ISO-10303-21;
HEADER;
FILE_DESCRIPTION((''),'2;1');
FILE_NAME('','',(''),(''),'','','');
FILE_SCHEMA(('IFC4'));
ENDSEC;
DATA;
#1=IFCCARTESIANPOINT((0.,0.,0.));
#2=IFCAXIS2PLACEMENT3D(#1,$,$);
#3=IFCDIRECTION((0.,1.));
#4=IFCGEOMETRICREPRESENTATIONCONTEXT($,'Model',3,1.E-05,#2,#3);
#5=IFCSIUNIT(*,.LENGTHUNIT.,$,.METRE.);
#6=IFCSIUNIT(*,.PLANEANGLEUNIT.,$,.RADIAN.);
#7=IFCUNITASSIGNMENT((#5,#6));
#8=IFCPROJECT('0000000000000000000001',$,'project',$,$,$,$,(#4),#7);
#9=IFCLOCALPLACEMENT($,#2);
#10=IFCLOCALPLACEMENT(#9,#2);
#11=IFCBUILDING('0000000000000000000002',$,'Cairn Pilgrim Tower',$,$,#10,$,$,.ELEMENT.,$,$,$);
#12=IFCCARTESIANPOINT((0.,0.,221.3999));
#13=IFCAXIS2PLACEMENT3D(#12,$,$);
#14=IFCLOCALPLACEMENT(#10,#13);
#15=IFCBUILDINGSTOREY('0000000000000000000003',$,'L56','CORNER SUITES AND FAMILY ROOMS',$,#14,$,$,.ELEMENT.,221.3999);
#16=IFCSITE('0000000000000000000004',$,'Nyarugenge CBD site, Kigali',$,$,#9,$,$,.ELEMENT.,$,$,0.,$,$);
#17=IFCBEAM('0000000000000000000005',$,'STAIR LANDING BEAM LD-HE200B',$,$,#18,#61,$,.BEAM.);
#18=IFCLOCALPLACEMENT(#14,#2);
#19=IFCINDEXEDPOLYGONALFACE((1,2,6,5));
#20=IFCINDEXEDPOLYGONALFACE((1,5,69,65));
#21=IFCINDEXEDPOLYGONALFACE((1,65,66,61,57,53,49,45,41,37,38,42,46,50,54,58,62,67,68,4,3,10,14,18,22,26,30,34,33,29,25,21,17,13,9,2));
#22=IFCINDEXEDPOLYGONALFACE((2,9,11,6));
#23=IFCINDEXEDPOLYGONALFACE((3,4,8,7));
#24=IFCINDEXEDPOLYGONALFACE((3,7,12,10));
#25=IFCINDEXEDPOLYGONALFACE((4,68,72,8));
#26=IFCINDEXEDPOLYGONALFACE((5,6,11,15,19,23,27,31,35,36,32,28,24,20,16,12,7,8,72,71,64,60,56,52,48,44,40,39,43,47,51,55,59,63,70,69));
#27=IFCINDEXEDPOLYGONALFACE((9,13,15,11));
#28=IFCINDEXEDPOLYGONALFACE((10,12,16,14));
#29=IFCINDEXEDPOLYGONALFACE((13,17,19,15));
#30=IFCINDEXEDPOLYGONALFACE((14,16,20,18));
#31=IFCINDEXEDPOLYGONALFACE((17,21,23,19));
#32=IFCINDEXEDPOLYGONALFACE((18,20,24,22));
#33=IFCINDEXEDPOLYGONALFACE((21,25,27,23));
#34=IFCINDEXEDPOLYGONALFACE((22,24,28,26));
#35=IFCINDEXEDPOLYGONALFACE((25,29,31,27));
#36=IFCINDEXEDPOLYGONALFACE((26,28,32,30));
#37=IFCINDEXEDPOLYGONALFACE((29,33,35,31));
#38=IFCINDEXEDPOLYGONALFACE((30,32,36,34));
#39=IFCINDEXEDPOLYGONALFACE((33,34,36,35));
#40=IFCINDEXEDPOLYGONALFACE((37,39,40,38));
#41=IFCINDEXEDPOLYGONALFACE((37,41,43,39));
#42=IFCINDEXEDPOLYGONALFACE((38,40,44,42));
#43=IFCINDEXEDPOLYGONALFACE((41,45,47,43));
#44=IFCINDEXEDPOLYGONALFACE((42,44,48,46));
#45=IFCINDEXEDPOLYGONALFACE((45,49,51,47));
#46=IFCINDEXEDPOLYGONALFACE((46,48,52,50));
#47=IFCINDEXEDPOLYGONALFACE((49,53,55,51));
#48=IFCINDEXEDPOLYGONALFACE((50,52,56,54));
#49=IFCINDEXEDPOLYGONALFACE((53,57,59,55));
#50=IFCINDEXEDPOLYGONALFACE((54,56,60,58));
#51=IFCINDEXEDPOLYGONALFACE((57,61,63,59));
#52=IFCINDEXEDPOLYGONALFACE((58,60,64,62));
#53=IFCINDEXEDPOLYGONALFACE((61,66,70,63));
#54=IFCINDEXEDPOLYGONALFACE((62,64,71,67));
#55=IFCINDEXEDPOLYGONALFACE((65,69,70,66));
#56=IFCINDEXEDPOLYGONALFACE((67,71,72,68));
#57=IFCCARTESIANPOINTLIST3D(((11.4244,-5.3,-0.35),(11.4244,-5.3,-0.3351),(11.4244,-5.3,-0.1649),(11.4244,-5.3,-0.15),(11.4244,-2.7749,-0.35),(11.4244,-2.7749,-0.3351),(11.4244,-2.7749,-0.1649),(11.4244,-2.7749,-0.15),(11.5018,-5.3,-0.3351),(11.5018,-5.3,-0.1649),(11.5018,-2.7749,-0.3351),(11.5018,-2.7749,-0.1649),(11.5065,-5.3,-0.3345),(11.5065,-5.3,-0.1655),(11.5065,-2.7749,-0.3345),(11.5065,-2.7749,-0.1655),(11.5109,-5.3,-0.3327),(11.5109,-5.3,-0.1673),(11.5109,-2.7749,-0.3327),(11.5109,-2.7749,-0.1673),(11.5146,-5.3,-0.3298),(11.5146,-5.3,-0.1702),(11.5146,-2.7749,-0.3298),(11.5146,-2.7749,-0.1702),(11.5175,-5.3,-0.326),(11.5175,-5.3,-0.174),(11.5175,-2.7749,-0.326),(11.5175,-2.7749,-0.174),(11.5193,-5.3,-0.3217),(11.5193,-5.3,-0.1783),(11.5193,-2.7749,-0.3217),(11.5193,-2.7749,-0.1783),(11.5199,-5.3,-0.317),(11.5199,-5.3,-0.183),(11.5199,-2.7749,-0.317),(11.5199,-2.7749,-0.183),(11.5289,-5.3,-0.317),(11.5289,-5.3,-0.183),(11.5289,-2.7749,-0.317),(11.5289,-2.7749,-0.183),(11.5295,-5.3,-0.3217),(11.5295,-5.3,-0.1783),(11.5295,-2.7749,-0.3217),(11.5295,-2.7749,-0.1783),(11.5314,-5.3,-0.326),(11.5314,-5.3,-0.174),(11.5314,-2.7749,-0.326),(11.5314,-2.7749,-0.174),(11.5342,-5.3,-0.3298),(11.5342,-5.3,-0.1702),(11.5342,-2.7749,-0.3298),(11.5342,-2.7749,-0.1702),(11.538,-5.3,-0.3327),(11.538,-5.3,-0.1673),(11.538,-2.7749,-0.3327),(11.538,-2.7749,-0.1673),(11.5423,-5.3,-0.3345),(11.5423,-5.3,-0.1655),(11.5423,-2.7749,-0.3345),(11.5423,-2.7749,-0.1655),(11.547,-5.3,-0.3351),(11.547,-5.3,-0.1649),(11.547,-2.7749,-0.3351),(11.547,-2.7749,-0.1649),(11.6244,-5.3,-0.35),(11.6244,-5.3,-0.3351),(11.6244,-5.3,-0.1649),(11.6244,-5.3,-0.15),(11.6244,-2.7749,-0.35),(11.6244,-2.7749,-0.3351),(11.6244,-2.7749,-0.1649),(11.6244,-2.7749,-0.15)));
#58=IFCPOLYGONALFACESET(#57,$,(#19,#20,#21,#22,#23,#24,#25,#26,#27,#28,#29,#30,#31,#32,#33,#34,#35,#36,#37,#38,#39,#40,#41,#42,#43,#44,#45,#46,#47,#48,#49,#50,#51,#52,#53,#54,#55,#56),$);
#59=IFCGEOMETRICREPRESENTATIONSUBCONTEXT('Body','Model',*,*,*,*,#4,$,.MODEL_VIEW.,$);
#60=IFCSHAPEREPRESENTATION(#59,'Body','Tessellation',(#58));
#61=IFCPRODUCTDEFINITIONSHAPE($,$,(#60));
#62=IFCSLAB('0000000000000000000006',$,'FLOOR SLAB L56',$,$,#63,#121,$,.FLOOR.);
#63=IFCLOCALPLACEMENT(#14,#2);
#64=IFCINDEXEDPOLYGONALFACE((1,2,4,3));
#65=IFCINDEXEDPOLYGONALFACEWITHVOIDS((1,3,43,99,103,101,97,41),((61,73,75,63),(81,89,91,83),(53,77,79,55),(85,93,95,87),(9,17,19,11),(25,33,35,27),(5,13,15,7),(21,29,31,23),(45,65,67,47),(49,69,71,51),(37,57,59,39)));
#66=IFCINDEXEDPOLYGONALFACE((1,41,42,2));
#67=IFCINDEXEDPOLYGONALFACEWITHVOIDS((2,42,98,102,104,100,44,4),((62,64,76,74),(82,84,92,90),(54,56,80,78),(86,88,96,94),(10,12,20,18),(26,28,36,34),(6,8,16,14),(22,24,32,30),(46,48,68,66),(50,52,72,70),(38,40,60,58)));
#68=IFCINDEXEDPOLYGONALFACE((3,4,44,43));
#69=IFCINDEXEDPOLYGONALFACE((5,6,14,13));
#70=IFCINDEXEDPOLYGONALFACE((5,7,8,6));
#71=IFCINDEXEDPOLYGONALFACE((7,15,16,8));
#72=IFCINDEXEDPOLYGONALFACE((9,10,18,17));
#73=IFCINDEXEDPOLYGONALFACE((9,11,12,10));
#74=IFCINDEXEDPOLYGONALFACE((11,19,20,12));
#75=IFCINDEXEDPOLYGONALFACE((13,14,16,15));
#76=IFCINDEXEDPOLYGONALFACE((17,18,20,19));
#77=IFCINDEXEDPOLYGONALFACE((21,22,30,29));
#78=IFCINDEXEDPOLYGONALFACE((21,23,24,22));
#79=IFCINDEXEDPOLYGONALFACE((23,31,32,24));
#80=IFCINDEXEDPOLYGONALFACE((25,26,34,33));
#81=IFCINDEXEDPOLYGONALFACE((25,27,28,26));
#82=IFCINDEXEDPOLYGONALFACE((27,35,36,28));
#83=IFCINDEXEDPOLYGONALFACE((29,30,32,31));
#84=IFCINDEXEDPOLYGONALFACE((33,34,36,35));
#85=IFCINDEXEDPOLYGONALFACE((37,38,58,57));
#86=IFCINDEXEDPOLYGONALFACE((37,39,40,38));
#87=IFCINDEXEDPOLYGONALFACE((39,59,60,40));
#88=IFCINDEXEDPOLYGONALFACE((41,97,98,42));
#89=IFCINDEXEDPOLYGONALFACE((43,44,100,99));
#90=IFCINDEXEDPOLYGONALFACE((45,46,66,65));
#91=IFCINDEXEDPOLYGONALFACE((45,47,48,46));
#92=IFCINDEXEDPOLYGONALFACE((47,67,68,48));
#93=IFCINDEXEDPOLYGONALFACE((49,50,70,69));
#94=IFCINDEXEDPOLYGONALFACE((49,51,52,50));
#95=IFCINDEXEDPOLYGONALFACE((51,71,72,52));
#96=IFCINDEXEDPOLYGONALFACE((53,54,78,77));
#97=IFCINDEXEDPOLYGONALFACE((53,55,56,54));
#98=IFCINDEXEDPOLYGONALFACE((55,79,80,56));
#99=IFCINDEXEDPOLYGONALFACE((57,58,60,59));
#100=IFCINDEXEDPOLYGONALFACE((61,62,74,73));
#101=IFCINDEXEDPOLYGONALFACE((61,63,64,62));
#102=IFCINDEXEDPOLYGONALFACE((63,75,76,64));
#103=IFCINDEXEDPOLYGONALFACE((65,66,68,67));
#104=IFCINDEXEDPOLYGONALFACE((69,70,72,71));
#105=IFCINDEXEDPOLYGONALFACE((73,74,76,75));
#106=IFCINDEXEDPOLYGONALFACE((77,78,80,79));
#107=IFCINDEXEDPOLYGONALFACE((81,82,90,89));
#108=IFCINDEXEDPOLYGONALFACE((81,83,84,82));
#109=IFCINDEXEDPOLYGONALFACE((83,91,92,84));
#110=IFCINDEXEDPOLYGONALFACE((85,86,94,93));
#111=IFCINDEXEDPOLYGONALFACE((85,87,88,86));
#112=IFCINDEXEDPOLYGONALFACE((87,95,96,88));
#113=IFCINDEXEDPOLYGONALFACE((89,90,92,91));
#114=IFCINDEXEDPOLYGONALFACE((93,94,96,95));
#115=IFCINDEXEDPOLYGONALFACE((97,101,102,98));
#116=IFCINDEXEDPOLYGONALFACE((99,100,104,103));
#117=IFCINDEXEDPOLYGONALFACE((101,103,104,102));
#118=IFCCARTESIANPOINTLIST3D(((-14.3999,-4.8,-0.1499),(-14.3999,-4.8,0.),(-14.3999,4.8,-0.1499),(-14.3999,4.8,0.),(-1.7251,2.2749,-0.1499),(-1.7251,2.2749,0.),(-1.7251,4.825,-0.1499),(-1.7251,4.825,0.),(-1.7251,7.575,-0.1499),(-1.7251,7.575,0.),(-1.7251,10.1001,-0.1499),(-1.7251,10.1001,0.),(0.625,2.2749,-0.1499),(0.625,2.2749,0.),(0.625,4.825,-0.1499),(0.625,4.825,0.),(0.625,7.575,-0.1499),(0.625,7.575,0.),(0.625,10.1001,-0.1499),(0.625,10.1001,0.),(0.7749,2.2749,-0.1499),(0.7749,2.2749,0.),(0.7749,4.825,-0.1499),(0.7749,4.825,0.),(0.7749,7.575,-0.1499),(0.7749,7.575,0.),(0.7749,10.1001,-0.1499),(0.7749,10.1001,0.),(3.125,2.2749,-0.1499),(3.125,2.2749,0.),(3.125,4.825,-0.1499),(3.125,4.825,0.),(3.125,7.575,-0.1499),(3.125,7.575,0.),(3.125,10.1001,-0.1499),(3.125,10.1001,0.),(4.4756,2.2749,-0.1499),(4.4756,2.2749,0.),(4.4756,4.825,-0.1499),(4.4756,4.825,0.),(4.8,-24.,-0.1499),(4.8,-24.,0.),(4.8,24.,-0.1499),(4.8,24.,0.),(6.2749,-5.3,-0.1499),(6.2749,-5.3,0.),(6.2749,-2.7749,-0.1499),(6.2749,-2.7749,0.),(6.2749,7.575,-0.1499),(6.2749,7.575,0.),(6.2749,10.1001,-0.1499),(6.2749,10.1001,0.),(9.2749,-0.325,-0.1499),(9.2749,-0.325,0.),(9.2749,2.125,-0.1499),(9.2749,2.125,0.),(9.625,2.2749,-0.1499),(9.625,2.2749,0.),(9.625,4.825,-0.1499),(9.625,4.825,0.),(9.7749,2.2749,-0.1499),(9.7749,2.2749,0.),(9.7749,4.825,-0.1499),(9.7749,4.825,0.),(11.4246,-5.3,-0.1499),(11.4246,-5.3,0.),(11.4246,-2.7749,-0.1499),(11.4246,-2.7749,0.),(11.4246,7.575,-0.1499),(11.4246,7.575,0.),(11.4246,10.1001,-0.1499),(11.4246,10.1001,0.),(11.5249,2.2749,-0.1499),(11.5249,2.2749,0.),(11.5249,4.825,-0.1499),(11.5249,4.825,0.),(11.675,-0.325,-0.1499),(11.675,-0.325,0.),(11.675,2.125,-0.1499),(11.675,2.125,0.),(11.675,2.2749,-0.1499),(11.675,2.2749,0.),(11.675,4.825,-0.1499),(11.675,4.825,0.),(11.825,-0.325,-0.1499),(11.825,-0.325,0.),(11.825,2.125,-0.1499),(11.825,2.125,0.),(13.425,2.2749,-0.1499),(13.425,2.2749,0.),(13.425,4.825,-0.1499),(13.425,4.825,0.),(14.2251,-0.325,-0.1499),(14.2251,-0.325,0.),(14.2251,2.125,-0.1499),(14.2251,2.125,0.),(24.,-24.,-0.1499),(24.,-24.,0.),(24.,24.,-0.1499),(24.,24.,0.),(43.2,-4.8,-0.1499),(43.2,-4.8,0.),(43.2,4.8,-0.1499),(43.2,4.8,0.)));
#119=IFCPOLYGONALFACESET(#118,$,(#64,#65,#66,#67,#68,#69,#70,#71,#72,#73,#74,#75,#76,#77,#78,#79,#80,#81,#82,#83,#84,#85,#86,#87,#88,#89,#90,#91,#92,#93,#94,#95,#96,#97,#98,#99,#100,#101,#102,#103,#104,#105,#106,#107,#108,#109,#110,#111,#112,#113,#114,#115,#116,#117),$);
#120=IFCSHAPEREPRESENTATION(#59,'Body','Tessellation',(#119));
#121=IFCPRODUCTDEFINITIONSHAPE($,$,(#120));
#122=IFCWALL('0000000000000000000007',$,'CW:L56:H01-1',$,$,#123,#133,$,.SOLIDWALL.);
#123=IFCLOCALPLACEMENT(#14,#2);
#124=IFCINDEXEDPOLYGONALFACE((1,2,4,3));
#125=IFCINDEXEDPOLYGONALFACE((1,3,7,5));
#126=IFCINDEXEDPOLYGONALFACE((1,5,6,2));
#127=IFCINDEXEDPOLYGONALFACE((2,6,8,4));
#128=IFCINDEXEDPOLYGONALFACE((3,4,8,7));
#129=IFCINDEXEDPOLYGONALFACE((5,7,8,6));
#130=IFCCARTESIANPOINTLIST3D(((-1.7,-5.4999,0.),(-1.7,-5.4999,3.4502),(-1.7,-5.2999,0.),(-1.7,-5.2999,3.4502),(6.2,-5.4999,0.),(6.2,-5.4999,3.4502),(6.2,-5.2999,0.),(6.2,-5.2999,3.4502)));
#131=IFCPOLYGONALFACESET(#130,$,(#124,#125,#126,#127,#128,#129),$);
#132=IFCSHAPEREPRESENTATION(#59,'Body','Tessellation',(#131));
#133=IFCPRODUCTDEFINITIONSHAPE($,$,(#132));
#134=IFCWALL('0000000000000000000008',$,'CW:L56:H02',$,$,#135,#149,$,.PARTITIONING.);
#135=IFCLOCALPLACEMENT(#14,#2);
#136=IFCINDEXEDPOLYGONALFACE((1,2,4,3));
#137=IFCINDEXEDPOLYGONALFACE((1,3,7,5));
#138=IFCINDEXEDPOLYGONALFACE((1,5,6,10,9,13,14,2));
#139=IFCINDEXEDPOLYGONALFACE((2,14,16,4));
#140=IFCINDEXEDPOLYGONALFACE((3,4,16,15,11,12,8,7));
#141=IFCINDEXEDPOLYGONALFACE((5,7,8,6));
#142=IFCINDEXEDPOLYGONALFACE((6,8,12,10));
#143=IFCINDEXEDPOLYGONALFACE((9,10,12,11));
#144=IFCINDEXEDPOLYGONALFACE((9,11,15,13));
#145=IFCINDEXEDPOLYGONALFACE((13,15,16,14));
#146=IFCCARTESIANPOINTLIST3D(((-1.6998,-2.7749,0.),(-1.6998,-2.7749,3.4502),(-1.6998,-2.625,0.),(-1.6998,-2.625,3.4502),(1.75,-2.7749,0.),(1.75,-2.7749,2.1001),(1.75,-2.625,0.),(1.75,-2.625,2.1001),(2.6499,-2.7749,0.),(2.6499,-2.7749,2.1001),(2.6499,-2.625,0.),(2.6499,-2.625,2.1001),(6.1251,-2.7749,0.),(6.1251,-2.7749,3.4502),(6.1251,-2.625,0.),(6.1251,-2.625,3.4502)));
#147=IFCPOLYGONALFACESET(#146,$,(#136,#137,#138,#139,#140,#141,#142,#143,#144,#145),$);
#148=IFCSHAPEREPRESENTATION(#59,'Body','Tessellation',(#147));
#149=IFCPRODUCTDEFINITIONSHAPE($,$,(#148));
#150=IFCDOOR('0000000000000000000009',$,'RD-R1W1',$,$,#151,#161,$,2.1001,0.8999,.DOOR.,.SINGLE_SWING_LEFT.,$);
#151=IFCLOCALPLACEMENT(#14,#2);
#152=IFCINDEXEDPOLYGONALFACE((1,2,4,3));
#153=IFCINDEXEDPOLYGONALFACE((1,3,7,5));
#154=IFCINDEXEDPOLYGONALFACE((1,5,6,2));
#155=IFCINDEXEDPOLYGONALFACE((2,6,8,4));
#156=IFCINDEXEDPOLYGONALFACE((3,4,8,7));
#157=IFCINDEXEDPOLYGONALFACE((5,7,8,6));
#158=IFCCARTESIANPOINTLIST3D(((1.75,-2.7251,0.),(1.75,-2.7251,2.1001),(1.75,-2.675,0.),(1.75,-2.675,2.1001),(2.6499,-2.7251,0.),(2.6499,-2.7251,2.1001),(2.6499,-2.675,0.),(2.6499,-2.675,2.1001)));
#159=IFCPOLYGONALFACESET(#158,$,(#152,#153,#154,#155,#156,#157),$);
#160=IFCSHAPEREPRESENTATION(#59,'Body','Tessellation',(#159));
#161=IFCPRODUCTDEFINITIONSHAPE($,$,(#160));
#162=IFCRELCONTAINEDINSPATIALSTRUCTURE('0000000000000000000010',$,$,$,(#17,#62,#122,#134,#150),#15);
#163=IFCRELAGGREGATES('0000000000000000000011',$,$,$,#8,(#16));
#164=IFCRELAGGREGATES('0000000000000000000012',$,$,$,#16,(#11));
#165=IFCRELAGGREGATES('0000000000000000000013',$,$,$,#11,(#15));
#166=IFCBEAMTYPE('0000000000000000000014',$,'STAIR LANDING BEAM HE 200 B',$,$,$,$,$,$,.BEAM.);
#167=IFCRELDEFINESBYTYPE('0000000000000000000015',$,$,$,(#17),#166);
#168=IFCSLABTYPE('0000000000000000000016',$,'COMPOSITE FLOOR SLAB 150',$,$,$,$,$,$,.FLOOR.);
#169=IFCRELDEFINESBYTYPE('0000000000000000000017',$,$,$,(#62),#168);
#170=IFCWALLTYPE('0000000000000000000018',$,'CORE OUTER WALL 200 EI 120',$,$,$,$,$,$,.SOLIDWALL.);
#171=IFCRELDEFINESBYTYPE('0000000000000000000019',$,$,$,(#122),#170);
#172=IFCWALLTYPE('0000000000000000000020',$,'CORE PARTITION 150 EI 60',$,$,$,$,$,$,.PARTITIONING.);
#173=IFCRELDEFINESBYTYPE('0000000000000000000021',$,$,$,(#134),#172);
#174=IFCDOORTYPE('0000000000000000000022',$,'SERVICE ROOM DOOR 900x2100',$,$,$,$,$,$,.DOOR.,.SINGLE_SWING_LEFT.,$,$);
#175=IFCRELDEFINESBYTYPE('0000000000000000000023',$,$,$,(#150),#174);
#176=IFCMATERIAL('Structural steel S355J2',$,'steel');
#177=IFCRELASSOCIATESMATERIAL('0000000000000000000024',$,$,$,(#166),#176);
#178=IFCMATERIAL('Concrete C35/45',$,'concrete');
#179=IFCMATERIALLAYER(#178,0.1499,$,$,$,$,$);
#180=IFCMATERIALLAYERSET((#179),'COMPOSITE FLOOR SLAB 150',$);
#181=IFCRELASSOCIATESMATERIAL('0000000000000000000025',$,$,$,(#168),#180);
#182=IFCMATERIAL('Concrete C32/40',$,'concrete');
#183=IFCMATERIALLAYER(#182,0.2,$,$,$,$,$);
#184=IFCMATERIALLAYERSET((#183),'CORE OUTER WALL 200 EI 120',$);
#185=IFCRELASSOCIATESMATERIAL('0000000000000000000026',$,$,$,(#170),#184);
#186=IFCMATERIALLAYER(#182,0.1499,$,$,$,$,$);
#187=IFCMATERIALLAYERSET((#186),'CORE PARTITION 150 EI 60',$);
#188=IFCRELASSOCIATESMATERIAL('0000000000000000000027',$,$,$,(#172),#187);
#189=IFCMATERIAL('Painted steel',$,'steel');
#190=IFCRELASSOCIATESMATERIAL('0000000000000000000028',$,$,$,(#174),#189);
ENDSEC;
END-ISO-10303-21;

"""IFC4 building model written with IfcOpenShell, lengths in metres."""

from ifc_helpers import new_model, si_unit, direction, frame, frame_2d, origin, origin_2d, place, context, subcontext, project, spatial, polyline, rectangle, i_section, outline, extrude, material, layer, layer_set, material_profile, profile_set, type_object, element, fill, save


model = new_model("IFC4")

# Units and contexts
model_context = context("Model", 3, precision=1e-05, world=origin(), true_north=direction((0.0, 1.0)))
body_context = subcontext(model_context, "Body", "Model", "MODEL_VIEW")
ifc_project = project(units=[si_unit("LENGTHUNIT", "METRE"), si_unit("PLANEANGLEUNIT", "RADIAN")], contexts=[model_context])

# Site, building, storey
site_placement = place(None, origin())
site = spatial("IfcSite", under=ifc_project, at=site_placement, Name="Nyarugenge CBD site, Kigali", CompositionType="ELEMENT", RefElevation=0.0)
building_placement = place(site_placement, origin())
building = spatial("IfcBuilding", under=site, at=building_placement, Name="Cairn Pilgrim Tower", CompositionType="ELEMENT")
storey_placement = place(building_placement, frame((0.0, 0.0, 221.3999)))
storey = spatial("IfcBuildingStorey", under=building, at=storey_placement, Name="L56", Description="CORNER SUITES AND FAMILY ROOMS", CompositionType="ELEMENT", Elevation=221.3999)

# Shared definitions
ifc_material_1 = material(Name="Structural steel S355J2", Category="steel")

# Beam
ifc_material_profile_1 = material_profile(ifc_material_1, i_section(OverallWidth=0.2, OverallDepth=0.2, WebThickness=0.009, FlangeThickness=0.0149, FilletRadius=0.0181, at=origin_2d()), Name="HE 200 B")
ifc_profile_set_1 = profile_set([ifc_material_profile_1], Name="Structural steel S355J2")
beam_type_1 = type_object("IfcBeamType", Name="STAIR LANDING BEAM HE 200 B", PredefinedType="BEAM", material=ifc_profile_set_1)
beam_1_placement = place(storey_placement, frame((11.5244, -2.7749, -0.25), z_axis=(0.0, -1.0, 0.0), x_axis=(1.0, 0.0, 0.0)))
element("IfcBeam", 1, at=beam_1_placement, inside=storey, type_object=beam_type_1, Name="STAIR LANDING BEAM LD-HE200B", PredefinedType="BEAM", context=body_context, shape_type="SweptSolid", body=[
    extrude(i_section(OverallWidth=0.2, OverallDepth=0.2, WebThickness=0.009, FlangeThickness=0.0149, FilletRadius=0.0181, at=origin_2d()), origin(), (0.0, 0.0, 1.0), 2.5251),
])

# Slab
ifc_material_2 = material(Name="Concrete C35/45", Category="concrete")
ifc_layer_1 = layer(ifc_material_2, 0.1499)
ifc_layer_set_1 = layer_set([ifc_layer_1], Name="COMPOSITE FLOOR SLAB 150")
slab_type = type_object("IfcSlabType", Name="COMPOSITE FLOOR SLAB 150", PredefinedType="FLOOR", material=ifc_layer_set_1)
slab_placement = place(storey_placement, frame((0.0, 0.0, -0.1499)))
element("IfcSlab", 2, at=slab_placement, inside=storey, type_object=slab_type, Name="FLOOR SLAB L56", PredefinedType="FLOOR", context=body_context, shape_type="SweptSolid", body=[
    extrude(outline(polyline([(4.8, -24.0), (24.0, -24.0), (43.2, -4.8), (43.2, 4.8), (24.0, 24.0), (4.8, 24.0), (-14.3999, 4.8), (-14.3999, -4.8), (4.8, -24.0)]), holes=[polyline([(9.2749, -0.325), (11.675, -0.325), (11.675, 2.125), (9.2749, 2.125), (9.2749, -0.325)]), polyline([(11.825, -0.325), (14.2251, -0.325), (14.2251, 2.125), (11.825, 2.125), (11.825, -0.325)]), polyline([(-1.7251, 2.2749), (0.625, 2.2749), (0.625, 4.825), (-1.7251, 4.825), (-1.7251, 2.2749)]), polyline([(0.7749, 2.2749), (3.125, 2.2749), (3.125, 4.825), (0.7749, 4.825), (0.7749, 2.2749)]), polyline([(-1.7251, 7.575), (0.625, 7.575), (0.625, 10.1001), (-1.7251, 10.1001), (-1.7251, 7.575)]), polyline([(0.7749, 7.575), (3.125, 7.575), (3.125, 10.1001), (0.7749, 10.1001), (0.7749, 7.575)]), polyline([(9.7749, 2.2749), (11.5249, 2.2749), (11.5249, 4.825), (9.7749, 4.825), (9.7749, 2.2749)]), polyline([(11.675, 2.2749), (13.425, 2.2749), (13.425, 4.825), (11.675, 4.825), (11.675, 2.2749)]), polyline([(11.4246, -2.7749), (6.2749, -2.7749), (6.2749, -5.3), (11.4246, -5.3), (11.4246, -2.7749)]), polyline([(4.4756, 2.2749), (9.625, 2.2749), (9.625, 4.825), (4.4756, 4.825), (4.4756, 2.2749)]), polyline([(11.4246, 10.1001), (6.2749, 10.1001), (6.2749, 7.575), (11.4246, 7.575), (11.4246, 10.1001)])]), origin(), (0.0, 0.0, 1.0), 0.1499),
])

# Wall
ifc_material_3 = material(Name="Concrete C32/40", Category="concrete")
ifc_layer_2 = layer(ifc_material_3, 0.2)
ifc_layer_set_2 = layer_set([ifc_layer_2], Name="CORE OUTER WALL 200 EI 120")
wall_type_1 = type_object("IfcWallType", Name="CORE OUTER WALL 200 EI 120", PredefinedType="SOLIDWALL", material=ifc_layer_set_2)
wall_1_placement = place(storey_placement, frame((-1.7, -5.3999, 0.0), z_axis=(0.0, 0.0, 1.0), x_axis=(1.0, 0.0, 0.0)))
element("IfcWall", 3, at=wall_1_placement, inside=storey, type_object=wall_type_1, Name="CW:L56:H01-1", PredefinedType="SOLIDWALL", context=body_context, shape_type="SweptSolid", body=[
    extrude(rectangle(XDim=7.8999, YDim=0.2, at=frame_2d((3.95, 0.0))), origin(), (0.0, 0.0, 1.0), 3.4502),
])

# Wall, opening, door
ifc_layer_3 = layer(ifc_material_3, 0.1499)
ifc_layer_set_3 = layer_set([ifc_layer_3], Name="CORE PARTITION 150 EI 60")
wall_type_2 = type_object("IfcWallType", Name="CORE PARTITION 150 EI 60", PredefinedType="PARTITIONING", material=ifc_layer_set_3)
wall_2_placement = place(storey_placement, frame((-1.7, -2.7, 0.0), z_axis=(0.0, 0.0, 1.0), x_axis=(1.0, 0.0, 0.0)))
wall_2 = element("IfcWall", 4, at=wall_2_placement, inside=storey, type_object=wall_type_2, Name="CW:L56:H02", PredefinedType="PARTITIONING", context=body_context, shape_type="SweptSolid", body=[
    extrude(rectangle(XDim=7.825, YDim=0.1499, at=frame_2d((3.9126, 0.0))), origin(), (0.0, 0.0, 1.0), 3.4502),
])
opening_1_placement = place(wall_2_placement, frame((3.45, 0.0, 0.0)))
opening_1 = element("IfcOpeningElement", 5, at=opening_1_placement, cuts=wall_2, PredefinedType="OPENING", context=body_context, shape_type="SweptSolid", body=[
    extrude(rectangle(XDim=0.8999, YDim=2.1001, at=frame_2d((0.45, 1.05))), frame((0.0, 0.085, 0.0), z_axis=(0.0, -1.0, 0.0), x_axis=(1.0, 0.0, 0.0)), (0.0, 0.0, 1.0), 0.1699),
])
ifc_material_4 = material(Name="Painted steel", Category="steel")
door_type_1 = type_object("IfcDoorType", Name="SERVICE ROOM DOOR 900x2100", OperationType="SINGLE_SWING_LEFT", PredefinedType="DOOR", material=ifc_material_4)
door_1_placement = place(opening_1_placement, origin())
door_1 = element("IfcDoor", 6, at=door_1_placement, inside=storey, type_object=door_type_1, Name="RD-R1W1", OperationType="SINGLE_SWING_LEFT", OverallHeight=2.1001, OverallWidth=0.8999, PredefinedType="DOOR", context=body_context, shape_type="SweptSolid", body=[
    extrude(rectangle(XDim=0.8999, YDim=2.1001, at=frame_2d((0.45, 1.05))), frame((0.0, 0.0249, 0.0), z_axis=(0.0, -1.0, 0.0), x_axis=(1.0, 0.0, 0.0)), (0.0, 0.0, 1.0), 0.05),
])
fill(opening_1, door_1)

save(model, "model.ifc")
